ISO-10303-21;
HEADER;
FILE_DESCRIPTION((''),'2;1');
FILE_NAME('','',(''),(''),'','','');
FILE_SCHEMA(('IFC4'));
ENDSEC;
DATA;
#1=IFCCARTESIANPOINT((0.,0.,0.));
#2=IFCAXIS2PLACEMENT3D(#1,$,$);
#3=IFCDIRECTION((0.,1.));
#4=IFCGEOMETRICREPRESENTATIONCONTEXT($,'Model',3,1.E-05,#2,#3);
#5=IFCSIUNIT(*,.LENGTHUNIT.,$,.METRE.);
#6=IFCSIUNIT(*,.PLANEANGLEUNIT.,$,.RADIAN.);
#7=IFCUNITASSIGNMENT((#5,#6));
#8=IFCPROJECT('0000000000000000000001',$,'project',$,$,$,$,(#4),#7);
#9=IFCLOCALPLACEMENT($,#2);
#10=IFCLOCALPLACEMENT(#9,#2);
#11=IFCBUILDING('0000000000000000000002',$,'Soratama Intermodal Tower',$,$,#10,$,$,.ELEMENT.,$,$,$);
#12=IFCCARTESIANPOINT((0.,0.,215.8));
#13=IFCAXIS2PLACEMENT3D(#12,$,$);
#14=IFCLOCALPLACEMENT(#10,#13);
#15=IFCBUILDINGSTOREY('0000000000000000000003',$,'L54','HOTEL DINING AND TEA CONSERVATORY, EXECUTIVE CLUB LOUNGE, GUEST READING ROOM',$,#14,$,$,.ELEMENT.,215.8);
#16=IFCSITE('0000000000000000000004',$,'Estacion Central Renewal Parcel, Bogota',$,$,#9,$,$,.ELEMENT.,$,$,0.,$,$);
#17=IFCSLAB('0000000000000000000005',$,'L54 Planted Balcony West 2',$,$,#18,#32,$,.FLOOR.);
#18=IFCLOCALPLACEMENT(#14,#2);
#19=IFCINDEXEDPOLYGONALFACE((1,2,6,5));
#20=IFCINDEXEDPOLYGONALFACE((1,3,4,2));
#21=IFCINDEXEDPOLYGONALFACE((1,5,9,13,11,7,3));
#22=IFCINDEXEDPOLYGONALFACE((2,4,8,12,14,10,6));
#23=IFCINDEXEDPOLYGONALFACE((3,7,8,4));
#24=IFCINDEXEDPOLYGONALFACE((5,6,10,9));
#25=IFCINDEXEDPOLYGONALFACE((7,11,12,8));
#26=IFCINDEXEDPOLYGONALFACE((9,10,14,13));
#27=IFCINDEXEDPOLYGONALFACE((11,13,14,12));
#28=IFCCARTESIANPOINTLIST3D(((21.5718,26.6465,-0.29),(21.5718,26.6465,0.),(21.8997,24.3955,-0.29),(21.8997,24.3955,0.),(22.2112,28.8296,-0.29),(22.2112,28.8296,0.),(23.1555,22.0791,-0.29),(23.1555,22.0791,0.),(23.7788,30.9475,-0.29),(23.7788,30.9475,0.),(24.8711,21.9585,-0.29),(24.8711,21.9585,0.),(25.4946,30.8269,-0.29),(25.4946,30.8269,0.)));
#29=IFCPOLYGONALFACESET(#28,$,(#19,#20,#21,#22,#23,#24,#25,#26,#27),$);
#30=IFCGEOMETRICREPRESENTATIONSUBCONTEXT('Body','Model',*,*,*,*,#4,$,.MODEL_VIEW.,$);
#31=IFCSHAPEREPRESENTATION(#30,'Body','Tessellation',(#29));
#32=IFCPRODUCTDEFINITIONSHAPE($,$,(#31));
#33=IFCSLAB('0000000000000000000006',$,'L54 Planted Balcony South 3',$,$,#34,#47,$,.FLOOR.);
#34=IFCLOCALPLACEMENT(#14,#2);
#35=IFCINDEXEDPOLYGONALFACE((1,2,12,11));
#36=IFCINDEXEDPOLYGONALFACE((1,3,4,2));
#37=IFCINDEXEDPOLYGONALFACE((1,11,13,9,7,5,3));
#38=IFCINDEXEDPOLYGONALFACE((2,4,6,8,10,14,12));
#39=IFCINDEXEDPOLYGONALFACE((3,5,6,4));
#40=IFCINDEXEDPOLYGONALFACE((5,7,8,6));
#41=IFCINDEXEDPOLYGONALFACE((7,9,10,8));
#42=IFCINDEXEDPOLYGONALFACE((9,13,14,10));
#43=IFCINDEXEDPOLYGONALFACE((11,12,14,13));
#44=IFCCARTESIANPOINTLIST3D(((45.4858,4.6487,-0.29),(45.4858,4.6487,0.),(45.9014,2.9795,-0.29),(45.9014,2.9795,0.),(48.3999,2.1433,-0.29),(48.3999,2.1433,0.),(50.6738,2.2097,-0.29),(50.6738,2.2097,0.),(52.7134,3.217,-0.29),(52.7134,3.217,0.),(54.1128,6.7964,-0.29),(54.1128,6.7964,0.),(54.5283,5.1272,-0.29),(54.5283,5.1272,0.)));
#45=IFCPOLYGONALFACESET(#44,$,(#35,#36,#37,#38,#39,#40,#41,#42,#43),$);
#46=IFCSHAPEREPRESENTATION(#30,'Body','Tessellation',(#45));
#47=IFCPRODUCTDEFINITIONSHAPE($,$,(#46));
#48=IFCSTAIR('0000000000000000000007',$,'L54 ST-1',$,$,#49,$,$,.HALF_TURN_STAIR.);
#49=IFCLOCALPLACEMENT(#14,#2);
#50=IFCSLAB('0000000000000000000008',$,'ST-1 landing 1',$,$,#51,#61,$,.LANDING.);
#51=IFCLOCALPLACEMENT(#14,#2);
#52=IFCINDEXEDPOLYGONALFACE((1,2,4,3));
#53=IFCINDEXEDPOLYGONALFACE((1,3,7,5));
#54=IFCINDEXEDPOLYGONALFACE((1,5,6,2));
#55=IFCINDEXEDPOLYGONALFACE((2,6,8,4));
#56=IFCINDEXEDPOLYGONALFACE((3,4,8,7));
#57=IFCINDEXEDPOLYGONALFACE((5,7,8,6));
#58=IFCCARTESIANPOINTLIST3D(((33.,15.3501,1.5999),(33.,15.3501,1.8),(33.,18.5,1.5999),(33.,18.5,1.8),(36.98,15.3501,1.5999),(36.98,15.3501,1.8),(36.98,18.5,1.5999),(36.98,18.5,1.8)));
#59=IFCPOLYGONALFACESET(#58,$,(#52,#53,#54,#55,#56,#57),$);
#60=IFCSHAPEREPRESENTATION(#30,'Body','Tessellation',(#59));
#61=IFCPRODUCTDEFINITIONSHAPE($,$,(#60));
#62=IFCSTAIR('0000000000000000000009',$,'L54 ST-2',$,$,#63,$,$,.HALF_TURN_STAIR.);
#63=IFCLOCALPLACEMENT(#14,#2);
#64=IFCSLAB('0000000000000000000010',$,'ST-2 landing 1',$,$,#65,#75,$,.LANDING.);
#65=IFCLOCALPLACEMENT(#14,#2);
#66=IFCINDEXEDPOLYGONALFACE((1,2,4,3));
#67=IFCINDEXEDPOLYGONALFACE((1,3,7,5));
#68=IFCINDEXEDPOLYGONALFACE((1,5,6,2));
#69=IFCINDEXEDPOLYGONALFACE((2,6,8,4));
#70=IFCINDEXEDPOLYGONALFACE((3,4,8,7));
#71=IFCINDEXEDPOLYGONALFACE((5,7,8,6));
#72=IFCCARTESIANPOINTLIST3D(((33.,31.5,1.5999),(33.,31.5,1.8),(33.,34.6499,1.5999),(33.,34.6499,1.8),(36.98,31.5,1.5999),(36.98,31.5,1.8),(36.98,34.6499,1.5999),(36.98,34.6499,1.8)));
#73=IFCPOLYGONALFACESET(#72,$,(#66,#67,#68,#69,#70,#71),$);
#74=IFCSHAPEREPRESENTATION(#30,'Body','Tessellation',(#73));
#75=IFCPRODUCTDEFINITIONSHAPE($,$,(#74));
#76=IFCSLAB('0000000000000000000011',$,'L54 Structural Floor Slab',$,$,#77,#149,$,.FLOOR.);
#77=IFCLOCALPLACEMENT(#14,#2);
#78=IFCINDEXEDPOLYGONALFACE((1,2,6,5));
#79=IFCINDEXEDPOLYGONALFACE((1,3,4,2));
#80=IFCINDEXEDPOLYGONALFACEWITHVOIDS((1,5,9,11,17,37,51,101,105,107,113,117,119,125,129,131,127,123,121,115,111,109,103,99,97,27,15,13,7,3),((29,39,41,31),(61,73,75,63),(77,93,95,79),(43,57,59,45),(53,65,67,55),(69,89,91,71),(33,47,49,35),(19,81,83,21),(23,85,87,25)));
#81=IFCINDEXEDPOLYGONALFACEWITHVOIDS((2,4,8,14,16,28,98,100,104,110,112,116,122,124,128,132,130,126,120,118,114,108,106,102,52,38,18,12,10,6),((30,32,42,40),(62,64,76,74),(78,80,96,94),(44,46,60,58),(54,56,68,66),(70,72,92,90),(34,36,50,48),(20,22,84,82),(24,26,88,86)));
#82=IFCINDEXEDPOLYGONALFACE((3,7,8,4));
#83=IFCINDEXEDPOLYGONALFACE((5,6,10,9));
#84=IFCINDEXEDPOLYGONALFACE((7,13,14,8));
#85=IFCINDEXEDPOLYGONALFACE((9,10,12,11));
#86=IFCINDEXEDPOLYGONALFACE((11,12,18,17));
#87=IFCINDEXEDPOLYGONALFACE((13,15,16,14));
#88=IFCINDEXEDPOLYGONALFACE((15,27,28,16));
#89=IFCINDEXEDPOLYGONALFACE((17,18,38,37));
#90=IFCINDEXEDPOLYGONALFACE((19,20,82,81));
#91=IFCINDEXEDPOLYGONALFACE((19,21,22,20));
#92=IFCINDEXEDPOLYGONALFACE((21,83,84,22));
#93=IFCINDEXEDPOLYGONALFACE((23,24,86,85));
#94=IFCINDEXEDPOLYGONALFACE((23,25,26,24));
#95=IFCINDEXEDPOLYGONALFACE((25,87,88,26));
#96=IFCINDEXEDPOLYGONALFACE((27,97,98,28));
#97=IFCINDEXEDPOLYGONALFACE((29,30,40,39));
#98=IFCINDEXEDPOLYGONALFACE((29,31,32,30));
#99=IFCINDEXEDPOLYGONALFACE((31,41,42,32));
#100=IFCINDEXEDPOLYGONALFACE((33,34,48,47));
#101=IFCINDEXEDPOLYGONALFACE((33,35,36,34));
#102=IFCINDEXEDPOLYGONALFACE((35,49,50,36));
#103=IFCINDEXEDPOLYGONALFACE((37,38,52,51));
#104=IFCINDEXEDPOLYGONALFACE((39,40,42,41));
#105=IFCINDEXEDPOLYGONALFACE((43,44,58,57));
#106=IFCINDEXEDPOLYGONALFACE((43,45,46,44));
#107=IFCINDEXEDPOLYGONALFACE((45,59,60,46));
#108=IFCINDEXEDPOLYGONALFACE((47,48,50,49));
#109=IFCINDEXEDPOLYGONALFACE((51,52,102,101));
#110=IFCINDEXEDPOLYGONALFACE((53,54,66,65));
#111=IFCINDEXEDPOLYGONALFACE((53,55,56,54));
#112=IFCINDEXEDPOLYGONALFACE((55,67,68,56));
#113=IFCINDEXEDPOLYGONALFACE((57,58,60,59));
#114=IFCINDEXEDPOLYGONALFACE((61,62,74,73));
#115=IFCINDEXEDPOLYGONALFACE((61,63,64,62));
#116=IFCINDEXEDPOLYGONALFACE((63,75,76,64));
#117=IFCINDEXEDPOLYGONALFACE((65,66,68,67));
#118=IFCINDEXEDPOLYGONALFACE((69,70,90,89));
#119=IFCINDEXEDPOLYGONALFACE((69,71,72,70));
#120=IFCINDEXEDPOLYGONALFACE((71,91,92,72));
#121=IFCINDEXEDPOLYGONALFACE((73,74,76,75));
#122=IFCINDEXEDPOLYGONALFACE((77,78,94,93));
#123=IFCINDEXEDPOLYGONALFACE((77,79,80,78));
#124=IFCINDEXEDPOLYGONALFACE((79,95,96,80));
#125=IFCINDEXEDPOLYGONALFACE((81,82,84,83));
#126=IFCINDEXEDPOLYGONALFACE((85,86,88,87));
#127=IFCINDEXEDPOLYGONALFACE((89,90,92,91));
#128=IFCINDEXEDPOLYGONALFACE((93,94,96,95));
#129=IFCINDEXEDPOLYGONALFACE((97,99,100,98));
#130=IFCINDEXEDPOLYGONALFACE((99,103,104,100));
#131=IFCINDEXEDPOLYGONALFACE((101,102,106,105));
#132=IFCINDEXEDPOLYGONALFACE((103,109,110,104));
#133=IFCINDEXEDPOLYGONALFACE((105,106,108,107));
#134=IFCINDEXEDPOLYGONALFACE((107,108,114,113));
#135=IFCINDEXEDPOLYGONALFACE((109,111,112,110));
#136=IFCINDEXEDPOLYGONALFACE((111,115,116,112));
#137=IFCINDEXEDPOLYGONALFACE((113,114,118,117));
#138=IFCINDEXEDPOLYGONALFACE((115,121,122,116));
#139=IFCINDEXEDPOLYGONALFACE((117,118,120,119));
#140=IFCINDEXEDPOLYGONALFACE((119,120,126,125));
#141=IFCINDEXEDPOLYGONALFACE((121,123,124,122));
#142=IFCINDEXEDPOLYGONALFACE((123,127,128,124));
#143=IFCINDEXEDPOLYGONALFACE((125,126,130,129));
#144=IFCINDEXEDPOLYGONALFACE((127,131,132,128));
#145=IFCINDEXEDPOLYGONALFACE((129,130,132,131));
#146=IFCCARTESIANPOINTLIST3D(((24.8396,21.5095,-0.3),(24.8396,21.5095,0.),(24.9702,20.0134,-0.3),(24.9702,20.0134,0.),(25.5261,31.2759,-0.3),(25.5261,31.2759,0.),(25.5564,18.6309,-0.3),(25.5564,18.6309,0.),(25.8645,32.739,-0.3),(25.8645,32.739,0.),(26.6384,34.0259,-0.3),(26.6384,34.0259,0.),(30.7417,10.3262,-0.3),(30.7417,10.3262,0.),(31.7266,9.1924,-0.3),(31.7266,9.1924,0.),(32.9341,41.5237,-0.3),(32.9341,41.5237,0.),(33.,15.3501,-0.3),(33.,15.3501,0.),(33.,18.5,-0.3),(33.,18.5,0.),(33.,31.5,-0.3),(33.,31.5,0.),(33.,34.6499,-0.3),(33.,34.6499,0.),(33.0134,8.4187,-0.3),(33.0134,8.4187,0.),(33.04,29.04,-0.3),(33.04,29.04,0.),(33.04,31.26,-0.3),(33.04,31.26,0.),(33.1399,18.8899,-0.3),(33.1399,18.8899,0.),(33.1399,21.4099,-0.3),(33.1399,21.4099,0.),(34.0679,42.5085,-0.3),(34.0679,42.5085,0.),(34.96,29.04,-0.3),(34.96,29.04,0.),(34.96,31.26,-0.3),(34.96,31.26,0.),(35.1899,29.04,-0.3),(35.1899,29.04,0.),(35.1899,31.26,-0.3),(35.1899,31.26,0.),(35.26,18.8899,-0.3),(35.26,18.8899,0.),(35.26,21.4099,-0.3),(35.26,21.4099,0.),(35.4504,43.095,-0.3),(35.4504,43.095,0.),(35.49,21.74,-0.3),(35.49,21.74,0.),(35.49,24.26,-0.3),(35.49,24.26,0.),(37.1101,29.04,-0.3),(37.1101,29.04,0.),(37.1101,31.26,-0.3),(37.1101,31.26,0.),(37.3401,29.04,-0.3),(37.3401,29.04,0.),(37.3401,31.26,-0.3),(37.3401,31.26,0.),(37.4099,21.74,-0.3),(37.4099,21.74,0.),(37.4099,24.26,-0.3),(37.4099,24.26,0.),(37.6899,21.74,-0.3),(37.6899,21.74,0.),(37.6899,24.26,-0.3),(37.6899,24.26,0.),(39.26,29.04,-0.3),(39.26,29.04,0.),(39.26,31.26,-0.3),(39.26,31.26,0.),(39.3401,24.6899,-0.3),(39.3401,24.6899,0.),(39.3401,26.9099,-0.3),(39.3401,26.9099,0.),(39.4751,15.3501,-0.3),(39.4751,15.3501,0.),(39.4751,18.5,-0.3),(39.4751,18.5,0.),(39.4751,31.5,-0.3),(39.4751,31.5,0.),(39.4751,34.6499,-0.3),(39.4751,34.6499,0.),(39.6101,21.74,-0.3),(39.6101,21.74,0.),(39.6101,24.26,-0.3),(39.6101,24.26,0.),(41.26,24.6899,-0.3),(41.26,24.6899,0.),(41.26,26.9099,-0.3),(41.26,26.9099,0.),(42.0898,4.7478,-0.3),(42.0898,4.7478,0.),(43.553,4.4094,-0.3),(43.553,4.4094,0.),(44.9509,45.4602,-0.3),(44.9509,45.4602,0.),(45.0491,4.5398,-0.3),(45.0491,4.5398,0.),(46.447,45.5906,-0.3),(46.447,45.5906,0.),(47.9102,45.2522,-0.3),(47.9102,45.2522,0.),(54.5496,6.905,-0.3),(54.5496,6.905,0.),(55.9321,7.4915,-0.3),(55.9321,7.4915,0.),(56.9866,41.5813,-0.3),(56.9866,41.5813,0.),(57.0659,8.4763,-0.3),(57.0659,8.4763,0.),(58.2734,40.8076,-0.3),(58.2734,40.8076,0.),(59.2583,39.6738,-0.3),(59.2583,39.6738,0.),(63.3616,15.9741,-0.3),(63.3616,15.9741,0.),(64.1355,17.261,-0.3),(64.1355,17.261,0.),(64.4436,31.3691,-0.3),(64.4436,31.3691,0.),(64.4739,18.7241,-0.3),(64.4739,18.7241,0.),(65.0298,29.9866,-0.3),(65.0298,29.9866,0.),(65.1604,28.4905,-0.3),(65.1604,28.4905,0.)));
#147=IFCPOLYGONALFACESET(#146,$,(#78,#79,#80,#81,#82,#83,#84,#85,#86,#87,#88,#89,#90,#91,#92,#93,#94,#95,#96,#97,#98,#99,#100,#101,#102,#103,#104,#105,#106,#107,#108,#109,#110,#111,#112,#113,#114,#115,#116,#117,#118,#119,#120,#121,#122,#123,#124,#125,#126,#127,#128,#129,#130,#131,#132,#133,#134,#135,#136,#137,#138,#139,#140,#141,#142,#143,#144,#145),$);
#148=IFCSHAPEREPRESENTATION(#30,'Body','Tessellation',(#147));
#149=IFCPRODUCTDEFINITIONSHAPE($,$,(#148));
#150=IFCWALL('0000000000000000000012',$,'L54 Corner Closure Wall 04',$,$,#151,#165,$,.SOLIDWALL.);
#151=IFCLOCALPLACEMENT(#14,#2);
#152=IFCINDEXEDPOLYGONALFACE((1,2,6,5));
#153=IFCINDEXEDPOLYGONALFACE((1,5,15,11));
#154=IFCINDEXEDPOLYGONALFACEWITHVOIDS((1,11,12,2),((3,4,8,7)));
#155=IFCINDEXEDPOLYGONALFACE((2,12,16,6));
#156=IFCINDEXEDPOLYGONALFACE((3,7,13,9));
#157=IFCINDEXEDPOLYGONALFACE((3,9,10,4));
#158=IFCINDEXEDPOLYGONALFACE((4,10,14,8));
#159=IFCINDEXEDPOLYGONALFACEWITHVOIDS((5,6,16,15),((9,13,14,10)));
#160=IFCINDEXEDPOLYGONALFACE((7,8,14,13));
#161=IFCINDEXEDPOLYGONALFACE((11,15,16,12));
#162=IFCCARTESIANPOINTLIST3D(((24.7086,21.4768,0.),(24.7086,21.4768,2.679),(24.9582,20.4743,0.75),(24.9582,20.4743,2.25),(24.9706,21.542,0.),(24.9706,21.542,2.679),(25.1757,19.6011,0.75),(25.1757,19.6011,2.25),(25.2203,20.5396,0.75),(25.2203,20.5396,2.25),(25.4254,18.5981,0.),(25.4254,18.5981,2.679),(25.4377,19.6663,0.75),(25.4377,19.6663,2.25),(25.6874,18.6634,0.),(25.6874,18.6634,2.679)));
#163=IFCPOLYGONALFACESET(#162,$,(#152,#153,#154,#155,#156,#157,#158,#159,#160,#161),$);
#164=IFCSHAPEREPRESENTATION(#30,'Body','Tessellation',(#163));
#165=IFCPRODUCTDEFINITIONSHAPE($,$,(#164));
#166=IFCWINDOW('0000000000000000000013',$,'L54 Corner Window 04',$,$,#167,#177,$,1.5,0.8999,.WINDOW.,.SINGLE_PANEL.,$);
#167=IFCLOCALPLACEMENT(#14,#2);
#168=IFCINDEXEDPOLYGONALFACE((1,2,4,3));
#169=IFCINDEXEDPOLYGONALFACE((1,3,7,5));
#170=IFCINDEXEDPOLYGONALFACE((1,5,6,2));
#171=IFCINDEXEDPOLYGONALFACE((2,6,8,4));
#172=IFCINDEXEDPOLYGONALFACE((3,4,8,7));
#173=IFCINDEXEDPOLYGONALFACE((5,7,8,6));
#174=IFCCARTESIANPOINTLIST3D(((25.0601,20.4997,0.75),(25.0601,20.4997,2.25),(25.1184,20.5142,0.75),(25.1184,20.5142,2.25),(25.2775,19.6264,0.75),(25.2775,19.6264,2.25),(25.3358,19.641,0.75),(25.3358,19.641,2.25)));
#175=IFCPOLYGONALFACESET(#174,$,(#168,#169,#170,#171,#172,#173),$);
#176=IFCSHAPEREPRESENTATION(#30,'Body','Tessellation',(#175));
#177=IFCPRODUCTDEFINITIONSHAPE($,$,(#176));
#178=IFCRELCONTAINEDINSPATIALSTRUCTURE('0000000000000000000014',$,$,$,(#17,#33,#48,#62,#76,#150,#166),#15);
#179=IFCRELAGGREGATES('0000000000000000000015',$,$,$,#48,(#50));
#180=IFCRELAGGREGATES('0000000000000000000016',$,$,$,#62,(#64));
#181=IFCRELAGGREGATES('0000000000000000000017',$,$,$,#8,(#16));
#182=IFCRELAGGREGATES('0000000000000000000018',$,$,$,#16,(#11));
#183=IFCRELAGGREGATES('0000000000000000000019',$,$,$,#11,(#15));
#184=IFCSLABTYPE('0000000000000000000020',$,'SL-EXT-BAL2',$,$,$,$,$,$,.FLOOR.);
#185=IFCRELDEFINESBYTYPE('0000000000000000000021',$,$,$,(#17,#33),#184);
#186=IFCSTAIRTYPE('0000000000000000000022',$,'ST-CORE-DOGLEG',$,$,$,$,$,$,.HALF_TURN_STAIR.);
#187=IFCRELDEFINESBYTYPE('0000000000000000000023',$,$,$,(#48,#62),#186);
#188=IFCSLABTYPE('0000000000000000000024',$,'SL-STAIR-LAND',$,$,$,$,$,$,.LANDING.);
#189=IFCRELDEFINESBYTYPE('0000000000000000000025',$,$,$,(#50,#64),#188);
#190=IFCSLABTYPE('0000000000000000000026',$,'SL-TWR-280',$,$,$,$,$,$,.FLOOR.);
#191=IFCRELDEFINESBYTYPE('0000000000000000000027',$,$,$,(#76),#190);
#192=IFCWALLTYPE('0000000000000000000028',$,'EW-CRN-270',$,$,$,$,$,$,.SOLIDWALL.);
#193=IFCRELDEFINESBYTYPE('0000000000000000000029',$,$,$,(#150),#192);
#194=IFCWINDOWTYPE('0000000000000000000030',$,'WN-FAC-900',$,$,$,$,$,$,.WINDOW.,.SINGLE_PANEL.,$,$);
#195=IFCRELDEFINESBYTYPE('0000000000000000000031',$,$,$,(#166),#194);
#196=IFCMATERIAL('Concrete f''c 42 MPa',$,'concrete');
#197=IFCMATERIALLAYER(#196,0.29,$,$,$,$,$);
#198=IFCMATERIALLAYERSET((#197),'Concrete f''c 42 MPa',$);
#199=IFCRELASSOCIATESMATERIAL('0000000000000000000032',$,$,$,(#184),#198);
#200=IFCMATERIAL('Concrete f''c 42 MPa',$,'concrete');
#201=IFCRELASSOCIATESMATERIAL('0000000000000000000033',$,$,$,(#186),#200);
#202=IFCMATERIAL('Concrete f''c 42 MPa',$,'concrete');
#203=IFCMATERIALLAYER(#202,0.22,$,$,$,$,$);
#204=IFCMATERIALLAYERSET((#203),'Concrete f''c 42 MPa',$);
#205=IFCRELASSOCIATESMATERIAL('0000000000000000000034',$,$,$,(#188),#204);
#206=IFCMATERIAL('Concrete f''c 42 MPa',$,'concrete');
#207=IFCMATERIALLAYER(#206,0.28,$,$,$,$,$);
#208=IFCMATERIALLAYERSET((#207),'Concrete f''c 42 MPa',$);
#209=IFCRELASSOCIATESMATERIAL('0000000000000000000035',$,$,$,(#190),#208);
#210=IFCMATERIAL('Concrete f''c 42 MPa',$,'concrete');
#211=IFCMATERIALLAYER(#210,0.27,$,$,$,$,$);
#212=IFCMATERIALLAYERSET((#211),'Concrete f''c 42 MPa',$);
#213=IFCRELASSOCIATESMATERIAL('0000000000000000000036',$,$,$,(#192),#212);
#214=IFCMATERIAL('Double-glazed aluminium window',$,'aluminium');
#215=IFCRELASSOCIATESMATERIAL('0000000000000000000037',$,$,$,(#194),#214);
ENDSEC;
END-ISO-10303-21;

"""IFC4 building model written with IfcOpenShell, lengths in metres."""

from ifc_helpers import new_model, si_unit, direction, frame, frame_2d, origin, place, context, subcontext, project, spatial, polyline, rectangle, outline, extrude, material, layer, layer_set, type_object, element, fill, aggregate, save


model = new_model("IFC4")

# Units and contexts
model_context = context("Model", 3, precision=1e-05, world=origin(), true_north=direction((0.0, 1.0)))
body_context = subcontext(model_context, "Body", "Model", "MODEL_VIEW")
ifc_project = project(units=[si_unit("LENGTHUNIT", "METRE"), si_unit("PLANEANGLEUNIT", "RADIAN")], contexts=[model_context])

# Site, building, storey
site_placement = place(None, origin())
site = spatial("IfcSite", under=ifc_project, at=site_placement, Name="Estacion Central Renewal Parcel, Bogota", CompositionType="ELEMENT", RefElevation=0.0)
building_placement = place(site_placement, origin())
building = spatial("IfcBuilding", under=site, at=building_placement, Name="Soratama Intermodal Tower", CompositionType="ELEMENT")
storey_placement = place(building_placement, frame((0.0, 0.0, 215.8)))
storey = spatial("IfcBuildingStorey", under=building, at=storey_placement, Name="L54", Description="HOTEL DINING AND TEA CONSERVATORY, EXECUTIVE CLUB LOUNGE, GUEST READING ROOM", CompositionType="ELEMENT", Elevation=215.8)

# Slabs
ifc_material_1 = material(Name="Concrete f'c 42 MPa", Category="concrete")
ifc_layer_1 = layer(ifc_material_1, 0.29)
ifc_layer_set_1 = layer_set([ifc_layer_1], Name="Concrete f'c 42 MPa")
slab_type_1 = type_object("IfcSlabType", Name="SL-EXT-BAL2", PredefinedType="FLOOR", material=ifc_layer_set_1)
slab_1_placement = place(storey_placement, frame((0.0, 0.0, -0.29)))
element("IfcSlab", 1, at=slab_1_placement, inside=storey, type_object=slab_type_1, Name="L54 Planted Balcony West 2", PredefinedType="FLOOR", context=body_context, shape_type="SweptSolid", body=[
    extrude(outline(polyline([(25.4946, 30.8269), (24.8711, 21.9585), (23.1555, 22.0791), (21.8997, 24.3955), (21.5718, 26.6465), (22.2112, 28.8296), (23.7788, 30.9475), (25.4946, 30.8269)])), origin(), (0.0, 0.0, 1.0), 0.29),
])
slab_2_placement = place(storey_placement, frame((0.0, 0.0, -0.29)))
element("IfcSlab", 2, at=slab_2_placement, inside=storey, type_object=slab_type_1, Name="L54 Planted Balcony South 3", PredefinedType="FLOOR", context=body_context, shape_type="SweptSolid", body=[
    extrude(outline(polyline([(45.4858, 4.6487), (54.1128, 6.7964), (54.5283, 5.1272), (52.7134, 3.217), (50.6738, 2.2097), (48.3999, 2.1433), (45.9014, 2.9795), (45.4858, 4.6487)])), origin(), (0.0, 0.0, 1.0), 0.29),
])

# Stairs, slabs
ifc_material_2 = material(Name="Concrete f'c 42 MPa", Category="concrete")
stair_type = type_object("IfcStairType", Name="ST-CORE-DOGLEG", PredefinedType="HALF_TURN_STAIR", material=ifc_material_2)
stair_1_placement = place(storey_placement, origin())
stair_1 = element("IfcStair", 3, at=stair_1_placement, inside=storey, type_object=stair_type, Name="L54 ST-1", PredefinedType="HALF_TURN_STAIR")
ifc_material_3 = material(Name="Concrete f'c 42 MPa", Category="concrete")
ifc_layer_2 = layer(ifc_material_3, 0.22)
ifc_layer_set_2 = layer_set([ifc_layer_2], Name="Concrete f'c 42 MPa")
slab_type_2 = type_object("IfcSlabType", Name="SL-STAIR-LAND", PredefinedType="LANDING", material=ifc_layer_set_2)
slab_3_placement = place(storey_placement, frame((0.0, 0.0, 1.5999)))
slab_3 = element("IfcSlab", 4, at=slab_3_placement, type_object=slab_type_2, Name="ST-1 landing 1", PredefinedType="LANDING", context=body_context, shape_type="SweptSolid", body=[
    extrude(outline(polyline([(36.98, 18.5), (33.0, 18.5), (33.0, 15.3501), (36.98, 15.3501), (36.98, 18.5)])), origin(), (0.0, 0.0, 1.0), 0.2002),
])
aggregate(stair_1, [slab_3])
stair_2_placement = place(storey_placement, origin())
stair_2 = element("IfcStair", 5, at=stair_2_placement, inside=storey, type_object=stair_type, Name="L54 ST-2", PredefinedType="HALF_TURN_STAIR")
slab_4_placement = place(storey_placement, frame((0.0, 0.0, 1.5999)))
slab_4 = element("IfcSlab", 6, at=slab_4_placement, type_object=slab_type_2, Name="ST-2 landing 1", PredefinedType="LANDING", context=body_context, shape_type="SweptSolid", body=[
    extrude(outline(polyline([(36.98, 34.6499), (33.0, 34.6499), (33.0, 31.5), (36.98, 31.5), (36.98, 34.6499)])), origin(), (0.0, 0.0, 1.0), 0.2002),
])
aggregate(stair_2, [slab_4])

# Slab
ifc_material_4 = material(Name="Concrete f'c 42 MPa", Category="concrete")
ifc_layer_3 = layer(ifc_material_4, 0.28)
ifc_layer_set_3 = layer_set([ifc_layer_3], Name="Concrete f'c 42 MPa")
slab_type_3 = type_object("IfcSlabType", Name="SL-TWR-280", PredefinedType="FLOOR", material=ifc_layer_set_3)
slab_5_placement = place(storey_placement, frame((0.0, 0.0, -0.3)))
element("IfcSlab", 7, at=slab_5_placement, inside=storey, type_object=slab_type_3, Name="L54 Structural Floor Slab", PredefinedType="FLOOR", context=body_context, shape_type="SweptSolid", body=[
    extrude(outline(polyline([(59.2583, 39.6738), (58.2734, 40.8076), (56.9866, 41.5813), (47.9102, 45.2522), (46.447, 45.5906), (44.9509, 45.4602), (35.4504, 43.095), (34.0679, 42.5085), (32.9341, 41.5237), (26.6384, 34.0259), (25.8645, 32.739), (25.5261, 31.2759), (24.8396, 21.5095), (24.9702, 20.0134), (25.5564, 18.6309), (30.7417, 10.3262), (31.7266, 9.1924), (33.0134, 8.4187), (42.0898, 4.7478), (43.553, 4.4094), (45.0491, 4.5398), (54.5496, 6.905), (55.9321, 7.4915), (57.0659, 8.4763), (63.3616, 15.9741), (64.1355, 17.261), (64.4739, 18.7241), (65.1604, 28.4905), (65.0298, 29.9866), (64.4436, 31.3691), (59.2583, 39.6738)]), holes=[polyline([(33.0, 18.5), (33.0, 15.3501), (39.4751, 15.3501), (39.4751, 18.5), (33.0, 18.5)]), polyline([(35.26, 21.4099), (33.1399, 21.4099), (33.1399, 18.8899), (35.26, 18.8899), (35.26, 21.4099)]), polyline([(37.4099, 24.26), (35.49, 24.26), (35.49, 21.74), (37.4099, 21.74), (37.4099, 24.26)]), polyline([(39.6101, 24.26), (37.6899, 24.26), (37.6899, 21.74), (39.6101, 21.74), (39.6101, 24.26)]), polyline([(41.26, 26.9099), (39.3401, 26.9099), (39.3401, 24.6899), (41.26, 24.6899), (41.26, 26.9099)]), polyline([(34.96, 31.26), (33.04, 31.26), (33.04, 29.04), (34.96, 29.04), (34.96, 31.26)]), polyline([(37.1101, 31.26), (35.1899, 31.26), (35.1899, 29.04), (37.1101, 29.04), (37.1101, 31.26)]), polyline([(39.26, 29.04), (39.26, 31.26), (37.3401, 31.26), (37.3401, 29.04), (39.26, 29.04)]), polyline([(39.4751, 34.6499), (33.0, 34.6499), (33.0, 31.5), (39.4751, 31.5), (39.4751, 34.6499)])]), origin(), (0.0, 0.0, 1.0), 0.3),
])

# Wall, opening, window
ifc_material_5 = material(Name="Concrete f'c 42 MPa", Category="concrete")
ifc_layer_4 = layer(ifc_material_5, 0.27)
ifc_layer_set_4 = layer_set([ifc_layer_4], Name="Concrete f'c 42 MPa")
wall_type = type_object("IfcWallType", Name="EW-CRN-270", PredefinedType="SOLIDWALL", material=ifc_layer_set_4)
wall_placement = place(storey_placement, frame((24.8396, 21.5095, 0.0), z_axis=(0.0, 0.0, 1.0), x_axis=(0.241625, -0.97037, 0.0)))
wall = element("IfcWall", 8, at=wall_placement, inside=storey, type_object=wall_type, Name="L54 Corner Closure Wall 04", PredefinedType="SOLIDWALL", context=body_context, shape_type="SweptSolid", body=[
    extrude(rectangle(XDim=2.9666, YDim=0.27, at=frame_2d((1.4834, 0.0))), origin(), (0.0, 0.0, 1.0), 2.679),
])
opening_placement = place(wall_placement, frame((1.0332, 0.0, 0.75)))
opening = element("IfcOpeningElement", 9, at=opening_placement, cuts=wall, PredefinedType="OPENING", context=body_context, shape_type="SweptSolid", body=[
    extrude(rectangle(XDim=0.8999, YDim=1.5, at=frame_2d((0.45, 0.75))), frame((0.0, 0.145, 0.0), z_axis=(0.0, -1.0, 0.0), x_axis=(1.0, 0.0, 0.0)), (0.0, 0.0, 1.0), 0.29),
])
ifc_material_6 = material(Name="Double-glazed aluminium window", Category="aluminium")
window_type = type_object("IfcWindowType", Name="WN-FAC-900", PartitioningType="SINGLE_PANEL", PredefinedType="WINDOW", material=ifc_material_6)
window_placement = place(opening_placement, origin())
window = element("IfcWindow", 10, at=window_placement, inside=storey, type_object=window_type, Name="L54 Corner Window 04", OverallHeight=1.5, OverallWidth=0.8999, PartitioningType="SINGLE_PANEL", PredefinedType="WINDOW", context=body_context, shape_type="SweptSolid", body=[
    extrude(rectangle(XDim=0.8999, YDim=1.5, at=frame_2d((0.45, 0.75))), frame((0.0, 0.03, 0.0), z_axis=(0.0, -1.0, 0.0), x_axis=(1.0, 0.0, 0.0)), (0.0, 0.0, 1.0), 0.0601),
])
fill(opening, window)

save(model, "model.ifc")
